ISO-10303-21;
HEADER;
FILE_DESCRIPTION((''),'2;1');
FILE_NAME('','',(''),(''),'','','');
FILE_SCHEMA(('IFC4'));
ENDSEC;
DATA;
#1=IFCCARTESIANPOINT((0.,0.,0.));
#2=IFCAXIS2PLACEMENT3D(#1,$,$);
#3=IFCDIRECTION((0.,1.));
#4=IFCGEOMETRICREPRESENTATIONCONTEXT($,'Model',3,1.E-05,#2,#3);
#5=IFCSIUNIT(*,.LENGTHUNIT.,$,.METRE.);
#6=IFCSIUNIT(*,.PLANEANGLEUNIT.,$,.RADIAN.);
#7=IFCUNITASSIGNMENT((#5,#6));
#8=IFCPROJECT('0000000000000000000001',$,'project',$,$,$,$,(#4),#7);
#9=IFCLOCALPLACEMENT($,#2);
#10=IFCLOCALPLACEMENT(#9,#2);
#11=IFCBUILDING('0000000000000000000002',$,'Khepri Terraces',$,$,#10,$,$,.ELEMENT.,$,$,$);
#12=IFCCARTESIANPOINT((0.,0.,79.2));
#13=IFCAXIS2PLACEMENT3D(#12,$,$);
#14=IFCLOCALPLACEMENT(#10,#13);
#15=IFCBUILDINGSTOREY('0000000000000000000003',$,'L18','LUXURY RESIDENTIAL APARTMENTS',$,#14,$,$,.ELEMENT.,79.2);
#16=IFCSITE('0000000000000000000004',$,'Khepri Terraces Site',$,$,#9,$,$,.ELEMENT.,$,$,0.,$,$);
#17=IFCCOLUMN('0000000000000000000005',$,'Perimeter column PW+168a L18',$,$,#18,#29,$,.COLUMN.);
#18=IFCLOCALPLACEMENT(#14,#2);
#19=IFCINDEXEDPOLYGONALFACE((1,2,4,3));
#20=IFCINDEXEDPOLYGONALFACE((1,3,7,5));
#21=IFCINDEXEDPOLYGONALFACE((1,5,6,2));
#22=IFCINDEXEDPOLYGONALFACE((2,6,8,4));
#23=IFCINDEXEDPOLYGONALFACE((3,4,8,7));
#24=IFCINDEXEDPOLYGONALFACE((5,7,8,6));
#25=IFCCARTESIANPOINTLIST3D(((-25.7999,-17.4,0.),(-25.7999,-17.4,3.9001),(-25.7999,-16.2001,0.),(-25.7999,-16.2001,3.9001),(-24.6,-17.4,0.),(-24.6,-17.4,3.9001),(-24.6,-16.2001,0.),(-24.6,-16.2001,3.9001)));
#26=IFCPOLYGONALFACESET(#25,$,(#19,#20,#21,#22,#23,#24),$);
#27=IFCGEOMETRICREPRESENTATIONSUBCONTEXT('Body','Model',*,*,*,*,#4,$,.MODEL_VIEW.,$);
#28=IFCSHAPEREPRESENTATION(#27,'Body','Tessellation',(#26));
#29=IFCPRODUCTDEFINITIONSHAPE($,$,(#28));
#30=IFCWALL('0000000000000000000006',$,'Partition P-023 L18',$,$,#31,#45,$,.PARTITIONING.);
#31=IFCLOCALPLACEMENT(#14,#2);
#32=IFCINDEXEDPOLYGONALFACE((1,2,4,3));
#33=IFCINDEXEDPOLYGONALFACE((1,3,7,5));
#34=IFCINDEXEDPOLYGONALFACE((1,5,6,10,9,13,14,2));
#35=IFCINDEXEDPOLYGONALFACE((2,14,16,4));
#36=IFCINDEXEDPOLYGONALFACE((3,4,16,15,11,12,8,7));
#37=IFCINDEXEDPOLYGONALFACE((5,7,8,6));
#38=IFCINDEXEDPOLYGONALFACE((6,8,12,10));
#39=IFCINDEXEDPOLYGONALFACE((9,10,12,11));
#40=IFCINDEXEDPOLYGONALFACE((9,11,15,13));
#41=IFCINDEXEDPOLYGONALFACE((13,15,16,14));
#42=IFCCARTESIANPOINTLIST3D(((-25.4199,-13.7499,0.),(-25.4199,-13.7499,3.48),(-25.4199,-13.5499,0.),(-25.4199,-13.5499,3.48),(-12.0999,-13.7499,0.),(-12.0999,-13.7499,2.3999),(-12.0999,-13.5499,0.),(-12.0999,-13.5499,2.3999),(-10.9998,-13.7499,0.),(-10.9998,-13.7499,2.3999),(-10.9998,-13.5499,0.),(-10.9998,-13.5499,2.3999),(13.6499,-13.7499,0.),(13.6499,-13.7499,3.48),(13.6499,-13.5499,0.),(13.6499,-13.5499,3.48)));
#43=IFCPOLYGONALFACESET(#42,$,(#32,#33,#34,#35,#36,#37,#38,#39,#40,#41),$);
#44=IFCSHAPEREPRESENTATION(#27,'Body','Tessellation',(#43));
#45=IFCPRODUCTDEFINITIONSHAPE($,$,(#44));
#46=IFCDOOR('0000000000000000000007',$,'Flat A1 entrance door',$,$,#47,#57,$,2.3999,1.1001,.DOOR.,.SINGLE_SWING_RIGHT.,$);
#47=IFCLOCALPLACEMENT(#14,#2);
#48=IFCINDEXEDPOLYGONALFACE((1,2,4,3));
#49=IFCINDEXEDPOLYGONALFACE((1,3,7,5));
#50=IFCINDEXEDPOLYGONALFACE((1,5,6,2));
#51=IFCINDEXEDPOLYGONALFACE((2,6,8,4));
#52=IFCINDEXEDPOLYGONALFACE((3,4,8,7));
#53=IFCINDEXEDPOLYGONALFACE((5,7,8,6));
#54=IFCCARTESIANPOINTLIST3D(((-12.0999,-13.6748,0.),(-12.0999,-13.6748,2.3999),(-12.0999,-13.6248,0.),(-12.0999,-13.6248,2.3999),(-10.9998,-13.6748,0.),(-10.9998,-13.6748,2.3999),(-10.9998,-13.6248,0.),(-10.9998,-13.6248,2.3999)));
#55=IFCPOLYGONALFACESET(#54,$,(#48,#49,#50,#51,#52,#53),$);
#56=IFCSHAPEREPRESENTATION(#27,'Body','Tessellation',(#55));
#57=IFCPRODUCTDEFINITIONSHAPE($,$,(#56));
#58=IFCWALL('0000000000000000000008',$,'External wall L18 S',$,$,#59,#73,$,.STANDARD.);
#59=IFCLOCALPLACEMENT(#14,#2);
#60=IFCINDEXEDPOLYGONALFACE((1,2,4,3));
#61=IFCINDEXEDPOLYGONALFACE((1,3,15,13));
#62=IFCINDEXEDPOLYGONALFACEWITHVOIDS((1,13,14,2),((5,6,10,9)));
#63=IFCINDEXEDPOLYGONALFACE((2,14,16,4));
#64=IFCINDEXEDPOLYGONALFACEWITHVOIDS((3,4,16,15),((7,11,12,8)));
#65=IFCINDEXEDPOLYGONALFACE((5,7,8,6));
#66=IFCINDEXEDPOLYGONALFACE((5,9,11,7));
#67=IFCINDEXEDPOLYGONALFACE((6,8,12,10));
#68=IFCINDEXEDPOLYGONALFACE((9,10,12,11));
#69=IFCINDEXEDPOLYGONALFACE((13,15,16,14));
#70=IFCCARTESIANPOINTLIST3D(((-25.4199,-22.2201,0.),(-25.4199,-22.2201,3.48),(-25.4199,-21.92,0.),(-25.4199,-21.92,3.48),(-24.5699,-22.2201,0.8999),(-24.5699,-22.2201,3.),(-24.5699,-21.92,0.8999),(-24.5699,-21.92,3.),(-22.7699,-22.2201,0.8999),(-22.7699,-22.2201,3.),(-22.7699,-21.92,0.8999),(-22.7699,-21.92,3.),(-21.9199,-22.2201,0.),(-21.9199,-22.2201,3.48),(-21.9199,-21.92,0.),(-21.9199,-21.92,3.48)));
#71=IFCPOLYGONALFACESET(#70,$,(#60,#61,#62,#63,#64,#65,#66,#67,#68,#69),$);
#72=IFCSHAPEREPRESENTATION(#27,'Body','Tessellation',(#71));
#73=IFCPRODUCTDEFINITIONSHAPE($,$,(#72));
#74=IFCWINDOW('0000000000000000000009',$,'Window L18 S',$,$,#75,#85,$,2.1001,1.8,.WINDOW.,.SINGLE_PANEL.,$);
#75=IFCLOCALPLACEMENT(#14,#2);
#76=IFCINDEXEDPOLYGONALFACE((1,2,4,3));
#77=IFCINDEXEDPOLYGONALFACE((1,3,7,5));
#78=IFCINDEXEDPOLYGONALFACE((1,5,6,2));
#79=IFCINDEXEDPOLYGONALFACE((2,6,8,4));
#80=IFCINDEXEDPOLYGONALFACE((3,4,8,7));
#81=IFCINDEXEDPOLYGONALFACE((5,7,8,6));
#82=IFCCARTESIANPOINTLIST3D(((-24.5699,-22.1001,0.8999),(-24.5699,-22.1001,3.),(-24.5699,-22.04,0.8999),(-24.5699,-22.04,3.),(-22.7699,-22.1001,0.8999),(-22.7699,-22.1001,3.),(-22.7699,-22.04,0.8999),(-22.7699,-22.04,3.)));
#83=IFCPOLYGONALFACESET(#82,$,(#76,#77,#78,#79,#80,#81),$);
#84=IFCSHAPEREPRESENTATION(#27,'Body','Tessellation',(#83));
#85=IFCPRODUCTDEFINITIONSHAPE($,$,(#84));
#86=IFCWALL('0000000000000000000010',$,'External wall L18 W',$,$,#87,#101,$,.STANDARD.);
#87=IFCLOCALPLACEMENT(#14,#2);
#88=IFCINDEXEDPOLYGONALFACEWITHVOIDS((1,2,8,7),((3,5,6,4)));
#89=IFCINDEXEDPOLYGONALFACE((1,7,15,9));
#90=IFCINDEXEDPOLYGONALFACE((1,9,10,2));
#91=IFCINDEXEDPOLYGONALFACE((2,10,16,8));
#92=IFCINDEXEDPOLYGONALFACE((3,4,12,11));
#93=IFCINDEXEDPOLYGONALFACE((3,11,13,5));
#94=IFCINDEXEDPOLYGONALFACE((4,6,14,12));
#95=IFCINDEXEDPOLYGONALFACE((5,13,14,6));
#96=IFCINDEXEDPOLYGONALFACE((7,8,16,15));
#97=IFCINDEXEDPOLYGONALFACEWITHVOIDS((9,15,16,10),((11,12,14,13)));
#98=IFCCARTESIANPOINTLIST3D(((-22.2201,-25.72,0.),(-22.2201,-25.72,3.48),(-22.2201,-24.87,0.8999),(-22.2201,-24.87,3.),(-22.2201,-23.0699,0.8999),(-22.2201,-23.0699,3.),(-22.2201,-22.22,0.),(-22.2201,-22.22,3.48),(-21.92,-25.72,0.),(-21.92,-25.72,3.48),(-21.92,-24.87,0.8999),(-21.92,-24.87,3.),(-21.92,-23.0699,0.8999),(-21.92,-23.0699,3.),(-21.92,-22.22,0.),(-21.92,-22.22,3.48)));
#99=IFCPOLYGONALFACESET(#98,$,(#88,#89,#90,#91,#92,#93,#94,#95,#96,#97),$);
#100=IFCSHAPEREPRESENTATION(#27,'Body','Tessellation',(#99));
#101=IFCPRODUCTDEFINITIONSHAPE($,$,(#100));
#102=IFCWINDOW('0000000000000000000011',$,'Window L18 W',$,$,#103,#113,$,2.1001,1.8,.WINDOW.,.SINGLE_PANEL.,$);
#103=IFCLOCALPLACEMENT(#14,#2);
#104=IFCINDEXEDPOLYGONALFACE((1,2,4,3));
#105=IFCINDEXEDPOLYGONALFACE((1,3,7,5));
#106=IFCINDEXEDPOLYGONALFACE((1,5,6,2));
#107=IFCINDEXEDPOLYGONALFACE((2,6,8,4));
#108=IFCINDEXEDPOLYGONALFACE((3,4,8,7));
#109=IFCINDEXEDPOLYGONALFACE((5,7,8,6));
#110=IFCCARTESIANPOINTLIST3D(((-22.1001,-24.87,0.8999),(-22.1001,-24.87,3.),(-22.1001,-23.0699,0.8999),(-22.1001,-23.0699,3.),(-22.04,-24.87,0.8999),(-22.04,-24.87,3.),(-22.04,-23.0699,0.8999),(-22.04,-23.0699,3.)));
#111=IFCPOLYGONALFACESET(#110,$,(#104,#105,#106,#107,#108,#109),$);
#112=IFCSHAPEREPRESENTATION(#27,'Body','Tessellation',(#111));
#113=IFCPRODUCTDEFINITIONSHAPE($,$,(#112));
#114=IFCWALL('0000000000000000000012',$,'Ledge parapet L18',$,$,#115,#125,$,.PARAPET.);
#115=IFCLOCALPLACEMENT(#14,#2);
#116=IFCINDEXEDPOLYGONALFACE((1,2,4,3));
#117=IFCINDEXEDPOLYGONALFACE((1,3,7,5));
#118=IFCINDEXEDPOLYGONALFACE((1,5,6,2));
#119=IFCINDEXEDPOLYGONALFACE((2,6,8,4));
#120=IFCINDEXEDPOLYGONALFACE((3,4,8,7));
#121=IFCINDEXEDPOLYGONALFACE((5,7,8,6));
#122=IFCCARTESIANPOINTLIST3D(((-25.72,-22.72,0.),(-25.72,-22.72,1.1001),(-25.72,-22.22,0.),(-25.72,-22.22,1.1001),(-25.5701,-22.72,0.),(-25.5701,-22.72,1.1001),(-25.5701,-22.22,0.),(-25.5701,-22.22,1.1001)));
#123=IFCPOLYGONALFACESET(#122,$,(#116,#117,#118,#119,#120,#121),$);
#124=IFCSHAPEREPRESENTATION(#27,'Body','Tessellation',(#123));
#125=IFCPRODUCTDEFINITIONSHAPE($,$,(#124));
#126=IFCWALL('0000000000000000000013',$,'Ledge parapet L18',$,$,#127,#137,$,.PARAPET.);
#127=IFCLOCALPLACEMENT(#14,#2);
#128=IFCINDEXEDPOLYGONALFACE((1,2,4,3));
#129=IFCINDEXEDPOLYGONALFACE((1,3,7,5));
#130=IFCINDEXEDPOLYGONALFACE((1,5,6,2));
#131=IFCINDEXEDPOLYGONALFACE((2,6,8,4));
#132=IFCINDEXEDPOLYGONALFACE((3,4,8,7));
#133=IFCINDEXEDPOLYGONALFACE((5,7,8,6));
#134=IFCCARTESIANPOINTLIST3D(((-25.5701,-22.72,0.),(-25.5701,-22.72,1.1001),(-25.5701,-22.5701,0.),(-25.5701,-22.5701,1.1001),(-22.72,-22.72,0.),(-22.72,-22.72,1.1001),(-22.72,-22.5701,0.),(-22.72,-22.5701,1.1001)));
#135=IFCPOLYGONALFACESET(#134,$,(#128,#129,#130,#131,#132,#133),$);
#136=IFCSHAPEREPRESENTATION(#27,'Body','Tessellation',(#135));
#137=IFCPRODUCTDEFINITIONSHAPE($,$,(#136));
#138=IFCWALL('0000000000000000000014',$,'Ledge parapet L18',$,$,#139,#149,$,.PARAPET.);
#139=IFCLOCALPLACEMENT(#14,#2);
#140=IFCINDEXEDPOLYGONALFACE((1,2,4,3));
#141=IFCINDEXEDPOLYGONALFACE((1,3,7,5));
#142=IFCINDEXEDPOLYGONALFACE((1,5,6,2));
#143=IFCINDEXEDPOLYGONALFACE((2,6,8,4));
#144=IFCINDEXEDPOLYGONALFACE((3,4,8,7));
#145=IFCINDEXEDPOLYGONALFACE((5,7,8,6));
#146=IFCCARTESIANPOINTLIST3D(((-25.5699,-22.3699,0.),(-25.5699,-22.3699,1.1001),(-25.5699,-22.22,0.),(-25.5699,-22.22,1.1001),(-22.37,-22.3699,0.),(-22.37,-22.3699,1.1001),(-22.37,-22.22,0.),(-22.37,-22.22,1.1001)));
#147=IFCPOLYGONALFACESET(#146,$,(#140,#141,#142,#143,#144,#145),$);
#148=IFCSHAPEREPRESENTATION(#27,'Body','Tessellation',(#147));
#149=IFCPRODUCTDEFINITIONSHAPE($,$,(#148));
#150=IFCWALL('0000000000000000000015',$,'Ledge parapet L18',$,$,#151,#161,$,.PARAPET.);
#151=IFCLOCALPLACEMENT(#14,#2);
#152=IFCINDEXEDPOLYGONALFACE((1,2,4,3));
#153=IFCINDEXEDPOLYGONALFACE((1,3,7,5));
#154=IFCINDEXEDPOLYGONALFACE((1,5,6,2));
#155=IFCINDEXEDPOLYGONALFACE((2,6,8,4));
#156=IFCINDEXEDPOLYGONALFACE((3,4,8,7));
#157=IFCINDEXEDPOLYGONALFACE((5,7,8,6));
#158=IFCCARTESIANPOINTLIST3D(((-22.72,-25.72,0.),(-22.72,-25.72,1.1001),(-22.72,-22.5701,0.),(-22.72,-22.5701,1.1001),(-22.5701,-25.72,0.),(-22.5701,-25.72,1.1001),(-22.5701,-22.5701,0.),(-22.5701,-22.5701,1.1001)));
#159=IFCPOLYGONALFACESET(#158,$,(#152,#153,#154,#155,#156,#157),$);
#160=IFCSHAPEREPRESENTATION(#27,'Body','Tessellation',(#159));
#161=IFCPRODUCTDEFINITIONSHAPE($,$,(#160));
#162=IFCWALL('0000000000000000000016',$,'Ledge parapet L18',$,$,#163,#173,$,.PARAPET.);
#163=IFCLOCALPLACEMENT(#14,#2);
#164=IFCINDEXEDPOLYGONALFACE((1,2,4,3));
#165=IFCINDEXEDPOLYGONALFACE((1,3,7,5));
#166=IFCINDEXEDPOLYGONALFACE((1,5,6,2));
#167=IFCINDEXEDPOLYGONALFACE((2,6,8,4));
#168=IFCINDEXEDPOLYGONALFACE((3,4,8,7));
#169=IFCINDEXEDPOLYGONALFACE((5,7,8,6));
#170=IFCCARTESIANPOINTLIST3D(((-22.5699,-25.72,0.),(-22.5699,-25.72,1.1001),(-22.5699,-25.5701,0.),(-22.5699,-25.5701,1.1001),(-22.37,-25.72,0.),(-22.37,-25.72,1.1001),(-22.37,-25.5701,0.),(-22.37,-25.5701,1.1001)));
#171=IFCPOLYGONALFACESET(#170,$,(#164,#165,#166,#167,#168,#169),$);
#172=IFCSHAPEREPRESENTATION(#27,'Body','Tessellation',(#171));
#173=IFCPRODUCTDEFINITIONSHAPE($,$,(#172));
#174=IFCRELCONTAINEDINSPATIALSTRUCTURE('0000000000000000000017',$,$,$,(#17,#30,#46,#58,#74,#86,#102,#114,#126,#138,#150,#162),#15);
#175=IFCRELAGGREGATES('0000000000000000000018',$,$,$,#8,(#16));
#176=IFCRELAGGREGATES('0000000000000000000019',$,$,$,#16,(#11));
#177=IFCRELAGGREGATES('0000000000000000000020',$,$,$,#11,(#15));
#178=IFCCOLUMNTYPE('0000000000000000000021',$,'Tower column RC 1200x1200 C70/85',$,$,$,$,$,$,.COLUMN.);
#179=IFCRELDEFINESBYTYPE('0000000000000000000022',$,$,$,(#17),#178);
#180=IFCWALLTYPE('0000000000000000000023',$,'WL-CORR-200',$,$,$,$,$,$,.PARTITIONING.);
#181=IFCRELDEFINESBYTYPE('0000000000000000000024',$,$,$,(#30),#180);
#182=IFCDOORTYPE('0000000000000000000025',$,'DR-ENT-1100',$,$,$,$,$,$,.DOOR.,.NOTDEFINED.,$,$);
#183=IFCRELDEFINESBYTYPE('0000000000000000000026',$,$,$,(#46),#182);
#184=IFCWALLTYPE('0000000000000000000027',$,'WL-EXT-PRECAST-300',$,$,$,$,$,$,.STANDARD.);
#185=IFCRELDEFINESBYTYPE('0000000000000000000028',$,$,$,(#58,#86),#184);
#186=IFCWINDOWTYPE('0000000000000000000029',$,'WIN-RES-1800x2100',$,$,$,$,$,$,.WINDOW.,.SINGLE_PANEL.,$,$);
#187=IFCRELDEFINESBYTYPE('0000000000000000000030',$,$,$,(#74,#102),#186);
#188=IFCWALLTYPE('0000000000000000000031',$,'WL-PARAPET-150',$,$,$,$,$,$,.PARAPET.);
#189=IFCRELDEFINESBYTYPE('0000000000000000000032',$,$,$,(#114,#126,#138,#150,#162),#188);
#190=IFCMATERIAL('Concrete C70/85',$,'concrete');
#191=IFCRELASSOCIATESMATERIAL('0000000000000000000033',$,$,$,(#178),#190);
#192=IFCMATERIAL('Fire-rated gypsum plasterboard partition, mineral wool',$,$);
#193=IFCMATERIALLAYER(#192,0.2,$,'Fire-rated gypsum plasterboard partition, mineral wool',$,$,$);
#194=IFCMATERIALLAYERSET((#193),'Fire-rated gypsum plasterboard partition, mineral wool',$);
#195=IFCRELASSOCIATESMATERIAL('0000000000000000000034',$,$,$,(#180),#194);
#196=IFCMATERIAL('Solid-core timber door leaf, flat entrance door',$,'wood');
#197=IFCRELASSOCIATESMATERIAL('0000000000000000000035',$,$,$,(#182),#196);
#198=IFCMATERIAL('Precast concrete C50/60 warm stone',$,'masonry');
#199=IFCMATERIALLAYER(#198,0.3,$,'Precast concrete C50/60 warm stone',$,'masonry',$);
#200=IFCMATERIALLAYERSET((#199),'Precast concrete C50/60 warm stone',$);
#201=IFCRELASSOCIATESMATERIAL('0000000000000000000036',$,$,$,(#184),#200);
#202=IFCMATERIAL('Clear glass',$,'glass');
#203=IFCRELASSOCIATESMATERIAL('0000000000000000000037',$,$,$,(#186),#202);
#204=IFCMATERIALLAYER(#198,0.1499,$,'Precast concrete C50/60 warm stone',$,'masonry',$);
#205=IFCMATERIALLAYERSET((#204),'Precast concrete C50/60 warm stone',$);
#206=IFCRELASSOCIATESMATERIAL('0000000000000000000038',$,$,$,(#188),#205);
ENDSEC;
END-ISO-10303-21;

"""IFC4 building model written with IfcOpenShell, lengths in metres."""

from ifc_helpers import new_model, si_unit, direction, frame, frame_2d, origin, origin_2d, place, context, subcontext, project, spatial, rectangle, extrude, material, layer, layer_set, material_profile, profile_set, type_object, element, fill, save


model = new_model("IFC4")

# Units and contexts
model_context = context("Model", 3, precision=1e-05, world=origin(), true_north=direction((0.0, 1.0)))
body_context = subcontext(model_context, "Body", "Model", "MODEL_VIEW")
ifc_project = project(units=[si_unit("LENGTHUNIT", "METRE"), si_unit("PLANEANGLEUNIT", "RADIAN")], contexts=[model_context])

# Site, building, storey
site_placement = place(None, origin())
site = spatial("IfcSite", under=ifc_project, at=site_placement, Name="Khepri Terraces Site", CompositionType="ELEMENT", RefElevation=0.0)
building_placement = place(site_placement, origin())
building = spatial("IfcBuilding", under=site, at=building_placement, Name="Khepri Terraces", CompositionType="ELEMENT")
storey_placement = place(building_placement, frame((0.0, 0.0, 79.2)))
storey = spatial("IfcBuildingStorey", under=building, at=storey_placement, Name="L18", Description="LUXURY RESIDENTIAL APARTMENTS", CompositionType="ELEMENT", Elevation=79.2)

# Column
ifc_material_1 = material(Name="Concrete C70/85", Category="concrete")
ifc_material_profile = material_profile(ifc_material_1, rectangle(XDim=1.2, YDim=1.2, at=origin_2d()), Name="Concrete C70/85", Category="concrete")
ifc_profile_set = profile_set([ifc_material_profile], Name="Concrete C70/85")
column_type = type_object("IfcColumnType", Name="Tower column RC 1200x1200 C70/85", PredefinedType="COLUMN", material=ifc_profile_set)
column_placement = place(storey_placement, frame((-25.2, -16.8, 0.0), z_axis=(0.0, 0.0, 1.0), x_axis=(1.0, 0.0, 0.0)))
element("IfcColumn", 1, at=column_placement, inside=storey, type_object=column_type, Name="Perimeter column PW+168a L18", PredefinedType="COLUMN", context=body_context, shape_type="SweptSolid", body=[
    extrude(rectangle(XDim=1.2, YDim=1.2, at=origin_2d()), origin(), (0.0, 0.0, 1.0), 3.9001),
])

# Wall, opening, door
ifc_material_2 = material(Name="Fire-rated gypsum plasterboard partition, mineral wool")
ifc_layer_1 = layer(ifc_material_2, 0.2, Name="Fire-rated gypsum plasterboard partition, mineral wool")
ifc_layer_set_1 = layer_set([ifc_layer_1], Name="Fire-rated gypsum plasterboard partition, mineral wool")
wall_type_1 = type_object("IfcWallType", Name="WL-CORR-200", PredefinedType="PARTITIONING", material=ifc_layer_set_1)
wall_1_placement = place(storey_placement, frame((-25.4199, -13.6499, 0.0), z_axis=(0.0, 0.0, 1.0), x_axis=(1.0, 0.0, 0.0)))
wall_1 = element("IfcWall", 2, at=wall_1_placement, inside=storey, type_object=wall_type_1, Name="Partition P-023 L18", PredefinedType="PARTITIONING", context=body_context, shape_type="SweptSolid", body=[
    extrude(rectangle(XDim=39.0698, YDim=0.2, at=frame_2d((19.5349, 0.0))), origin(), (0.0, 0.0, 1.0), 3.48),
])
opening_1_placement = place(wall_1_placement, frame((13.3201, 0.0, 0.0)))
opening_1 = element("IfcOpeningElement", 3, at=opening_1_placement, cuts=wall_1, PredefinedType="OPENING", context=body_context, shape_type="SweptSolid", body=[
    extrude(rectangle(XDim=1.1001, YDim=2.3999, at=frame_2d((0.55, 1.2))), frame((0.0, 0.1099, 0.0), z_axis=(0.0, -1.0, 0.0), x_axis=(1.0, 0.0, 0.0)), (0.0, 0.0, 1.0), 0.22),
])
ifc_material_3 = material(Name="Solid-core timber door leaf, flat entrance door", Category="wood")
door_type_1 = type_object("IfcDoorType", Name="DR-ENT-1100", OperationType="NOTDEFINED", PredefinedType="DOOR", material=ifc_material_3)
door_1_placement = place(opening_1_placement, frame((1.1001, 0.0, 0.0), z_axis=(0.0, 0.0, 1.0), x_axis=(-1.0, 0.0, 0.0)))
door_1 = element("IfcDoor", 4, at=door_1_placement, inside=storey, type_object=door_type_1, Name="Flat A1 entrance door", OperationType="SINGLE_SWING_RIGHT", OverallHeight=2.3999, OverallWidth=1.1001, PredefinedType="DOOR", context=body_context, shape_type="SweptSolid", body=[
    extrude(rectangle(XDim=1.1001, YDim=2.3999, at=frame_2d((0.55, 1.2))), frame((0.0, 0.0249, 0.0), z_axis=(0.0, -1.0, 0.0), x_axis=(1.0, 0.0, 0.0)), (0.0, 0.0, 1.0), 0.05),
])
fill(opening_1, door_1)

# Shared definitions
ifc_material_4 = material(Name="Precast concrete C50/60 warm stone", Category="masonry")
ifc_layer_2 = layer(ifc_material_4, 0.3, Name="Precast concrete C50/60 warm stone", Category="masonry")
ifc_layer_set_2 = layer_set([ifc_layer_2], Name="Precast concrete C50/60 warm stone")
wall_type_2 = type_object("IfcWallType", Name="WL-EXT-PRECAST-300", PredefinedType="STANDARD", material=ifc_layer_set_2)
ifc_material_5 = material(Name="Clear glass", Category="glass")
window_type = type_object("IfcWindowType", Name="WIN-RES-1800x2100", PartitioningType="SINGLE_PANEL", PredefinedType="WINDOW", material=ifc_material_5)

# Walls, openings, windows
wall_2_placement = place(storey_placement, frame((-25.4199, -22.0701, 0.0), z_axis=(0.0, 0.0, 1.0), x_axis=(1.0, 0.0, 0.0)))
wall_2 = element("IfcWall", 5, at=wall_2_placement, inside=storey, type_object=wall_type_2, Name="External wall L18 S", PredefinedType="STANDARD", context=body_context, shape_type="SweptSolid", body=[
    extrude(rectangle(XDim=3.5, YDim=0.3, at=frame_2d((1.75, 0.0))), origin(), (0.0, 0.0, 1.0), 3.48),
])
opening_2_placement = place(wall_2_placement, frame((0.8501, 0.0, 0.8999)))
opening_2 = element("IfcOpeningElement", 6, at=opening_2_placement, cuts=wall_2, PredefinedType="OPENING", context=body_context, shape_type="SweptSolid", body=[
    extrude(rectangle(XDim=1.8, YDim=2.1001, at=frame_2d((0.8999, 1.05))), frame((0.0, 0.1602, 0.0), z_axis=(0.0, -1.0, 0.0), x_axis=(1.0, 0.0, 0.0)), (0.0, 0.0, 1.0), 0.3201),
])
window_1_placement = place(opening_2_placement, origin())
window_1 = element("IfcWindow", 7, at=window_1_placement, inside=storey, type_object=window_type, Name="Window L18 S", OverallHeight=2.1001, OverallWidth=1.8, PartitioningType="SINGLE_PANEL", PredefinedType="WINDOW", context=body_context, shape_type="SweptSolid", body=[
    extrude(rectangle(XDim=1.8, YDim=2.1001, at=frame_2d((0.8999, 1.05))), frame((0.0, 0.03, 0.0), z_axis=(0.0, -1.0, 0.0), x_axis=(1.0, 0.0, 0.0)), (0.0, 0.0, 1.0), 0.0601),
])
fill(opening_2, window_1)
wall_3_placement = place(storey_placement, frame((-22.0701, -22.22, 0.0), z_axis=(0.0, 0.0, 1.0), x_axis=(0.0, -1.0, 0.0)))
wall_3 = element("IfcWall", 8, at=wall_3_placement, inside=storey, type_object=wall_type_2, Name="External wall L18 W", PredefinedType="STANDARD", context=body_context, shape_type="SweptSolid", body=[
    extrude(rectangle(XDim=3.5, YDim=0.3, at=frame_2d((1.75, 0.0))), origin(), (0.0, 0.0, 1.0), 3.48),
])
opening_3_placement = place(wall_3_placement, frame((0.8501, 0.0, 0.8999)))
opening_3 = element("IfcOpeningElement", 9, at=opening_3_placement, cuts=wall_3, PredefinedType="OPENING", context=body_context, shape_type="SweptSolid", body=[
    extrude(rectangle(XDim=1.8, YDim=2.1001, at=frame_2d((0.8999, 1.05))), frame((0.0, 0.1602, 0.0), z_axis=(0.0, -1.0, 0.0), x_axis=(1.0, 0.0, 0.0)), (0.0, 0.0, 1.0), 0.3201),
])
window_2_placement = place(opening_3_placement, origin())
window_2 = element("IfcWindow", 10, at=window_2_placement, inside=storey, type_object=window_type, Name="Window L18 W", OverallHeight=2.1001, OverallWidth=1.8, PartitioningType="SINGLE_PANEL", PredefinedType="WINDOW", context=body_context, shape_type="SweptSolid", body=[
    extrude(rectangle(XDim=1.8, YDim=2.1001, at=frame_2d((0.8999, 1.05))), frame((0.0, 0.03, 0.0), z_axis=(0.0, -1.0, 0.0), x_axis=(1.0, 0.0, 0.0)), (0.0, 0.0, 1.0), 0.0601),
])
fill(opening_3, window_2)

# Walls
ifc_layer_3 = layer(ifc_material_4, 0.1499, Name="Precast concrete C50/60 warm stone", Category="masonry")
ifc_layer_set_3 = layer_set([ifc_layer_3], Name="Precast concrete C50/60 warm stone")
wall_type_3 = type_object("IfcWallType", Name="WL-PARAPET-150", PredefinedType="PARAPET", material=ifc_layer_set_3)
wall_4_placement = place(storey_placement, frame((-25.645, -22.72, 0.0), z_axis=(0.0, 0.0, 1.0), x_axis=(0.0, 1.0, 0.0)))
element("IfcWall", 11, at=wall_4_placement, inside=storey, type_object=wall_type_3, Name="Ledge parapet L18", PredefinedType="PARAPET", context=body_context, shape_type="SweptSolid", body=[
    extrude(rectangle(XDim=0.5, YDim=0.1499, at=frame_2d((0.25, 0.0))), origin(), (0.0, 0.0, 1.0), 1.1001),
])
wall_5_placement = place(storey_placement, frame((-25.5701, -22.645, 0.0), z_axis=(0.0, 0.0, 1.0), x_axis=(1.0, 0.0, 0.0)))
element("IfcWall", 12, at=wall_5_placement, inside=storey, type_object=wall_type_3, Name="Ledge parapet L18", PredefinedType="PARAPET", context=body_context, shape_type="SweptSolid", body=[
    extrude(rectangle(XDim=2.8501, YDim=0.1499, at=frame_2d((1.425, 0.0))), origin(), (0.0, 0.0, 1.0), 1.1001),
])
wall_6_placement = place(storey_placement, frame((-25.5701, -22.2949, 0.0), z_axis=(0.0, 0.0, 1.0), x_axis=(1.0, 0.0, 0.0)))
element("IfcWall", 13, at=wall_6_placement, inside=storey, type_object=wall_type_3, Name="Ledge parapet L18", PredefinedType="PARAPET", context=body_context, shape_type="SweptSolid", body=[
    extrude(rectangle(XDim=3.2, YDim=0.1499, at=frame_2d((1.6001, 0.0))), origin(), (0.0, 0.0, 1.0), 1.1001),
])
wall_7_placement = place(storey_placement, frame((-22.645, -25.72, 0.0), z_axis=(0.0, 0.0, 1.0), x_axis=(0.0, 1.0, 0.0)))
element("IfcWall", 14, at=wall_7_placement, inside=storey, type_object=wall_type_3, Name="Ledge parapet L18", PredefinedType="PARAPET", context=body_context, shape_type="SweptSolid", body=[
    extrude(rectangle(XDim=3.1499, YDim=0.1499, at=frame_2d((1.575, 0.0))), origin(), (0.0, 0.0, 1.0), 1.1001),
])
wall_8_placement = place(storey_placement, frame((-22.5701, -25.645, 0.0), z_axis=(0.0, 0.0, 1.0), x_axis=(1.0, 0.0, 0.0)))
element("IfcWall", 15, at=wall_8_placement, inside=storey, type_object=wall_type_3, Name="Ledge parapet L18", PredefinedType="PARAPET", context=body_context, shape_type="SweptSolid", body=[
    extrude(rectangle(XDim=0.2, YDim=0.1499, at=frame_2d((0.1001, 0.0))), origin(), (0.0, 0.0, 1.0), 1.1001),
])

save(model, "model.ifc")
